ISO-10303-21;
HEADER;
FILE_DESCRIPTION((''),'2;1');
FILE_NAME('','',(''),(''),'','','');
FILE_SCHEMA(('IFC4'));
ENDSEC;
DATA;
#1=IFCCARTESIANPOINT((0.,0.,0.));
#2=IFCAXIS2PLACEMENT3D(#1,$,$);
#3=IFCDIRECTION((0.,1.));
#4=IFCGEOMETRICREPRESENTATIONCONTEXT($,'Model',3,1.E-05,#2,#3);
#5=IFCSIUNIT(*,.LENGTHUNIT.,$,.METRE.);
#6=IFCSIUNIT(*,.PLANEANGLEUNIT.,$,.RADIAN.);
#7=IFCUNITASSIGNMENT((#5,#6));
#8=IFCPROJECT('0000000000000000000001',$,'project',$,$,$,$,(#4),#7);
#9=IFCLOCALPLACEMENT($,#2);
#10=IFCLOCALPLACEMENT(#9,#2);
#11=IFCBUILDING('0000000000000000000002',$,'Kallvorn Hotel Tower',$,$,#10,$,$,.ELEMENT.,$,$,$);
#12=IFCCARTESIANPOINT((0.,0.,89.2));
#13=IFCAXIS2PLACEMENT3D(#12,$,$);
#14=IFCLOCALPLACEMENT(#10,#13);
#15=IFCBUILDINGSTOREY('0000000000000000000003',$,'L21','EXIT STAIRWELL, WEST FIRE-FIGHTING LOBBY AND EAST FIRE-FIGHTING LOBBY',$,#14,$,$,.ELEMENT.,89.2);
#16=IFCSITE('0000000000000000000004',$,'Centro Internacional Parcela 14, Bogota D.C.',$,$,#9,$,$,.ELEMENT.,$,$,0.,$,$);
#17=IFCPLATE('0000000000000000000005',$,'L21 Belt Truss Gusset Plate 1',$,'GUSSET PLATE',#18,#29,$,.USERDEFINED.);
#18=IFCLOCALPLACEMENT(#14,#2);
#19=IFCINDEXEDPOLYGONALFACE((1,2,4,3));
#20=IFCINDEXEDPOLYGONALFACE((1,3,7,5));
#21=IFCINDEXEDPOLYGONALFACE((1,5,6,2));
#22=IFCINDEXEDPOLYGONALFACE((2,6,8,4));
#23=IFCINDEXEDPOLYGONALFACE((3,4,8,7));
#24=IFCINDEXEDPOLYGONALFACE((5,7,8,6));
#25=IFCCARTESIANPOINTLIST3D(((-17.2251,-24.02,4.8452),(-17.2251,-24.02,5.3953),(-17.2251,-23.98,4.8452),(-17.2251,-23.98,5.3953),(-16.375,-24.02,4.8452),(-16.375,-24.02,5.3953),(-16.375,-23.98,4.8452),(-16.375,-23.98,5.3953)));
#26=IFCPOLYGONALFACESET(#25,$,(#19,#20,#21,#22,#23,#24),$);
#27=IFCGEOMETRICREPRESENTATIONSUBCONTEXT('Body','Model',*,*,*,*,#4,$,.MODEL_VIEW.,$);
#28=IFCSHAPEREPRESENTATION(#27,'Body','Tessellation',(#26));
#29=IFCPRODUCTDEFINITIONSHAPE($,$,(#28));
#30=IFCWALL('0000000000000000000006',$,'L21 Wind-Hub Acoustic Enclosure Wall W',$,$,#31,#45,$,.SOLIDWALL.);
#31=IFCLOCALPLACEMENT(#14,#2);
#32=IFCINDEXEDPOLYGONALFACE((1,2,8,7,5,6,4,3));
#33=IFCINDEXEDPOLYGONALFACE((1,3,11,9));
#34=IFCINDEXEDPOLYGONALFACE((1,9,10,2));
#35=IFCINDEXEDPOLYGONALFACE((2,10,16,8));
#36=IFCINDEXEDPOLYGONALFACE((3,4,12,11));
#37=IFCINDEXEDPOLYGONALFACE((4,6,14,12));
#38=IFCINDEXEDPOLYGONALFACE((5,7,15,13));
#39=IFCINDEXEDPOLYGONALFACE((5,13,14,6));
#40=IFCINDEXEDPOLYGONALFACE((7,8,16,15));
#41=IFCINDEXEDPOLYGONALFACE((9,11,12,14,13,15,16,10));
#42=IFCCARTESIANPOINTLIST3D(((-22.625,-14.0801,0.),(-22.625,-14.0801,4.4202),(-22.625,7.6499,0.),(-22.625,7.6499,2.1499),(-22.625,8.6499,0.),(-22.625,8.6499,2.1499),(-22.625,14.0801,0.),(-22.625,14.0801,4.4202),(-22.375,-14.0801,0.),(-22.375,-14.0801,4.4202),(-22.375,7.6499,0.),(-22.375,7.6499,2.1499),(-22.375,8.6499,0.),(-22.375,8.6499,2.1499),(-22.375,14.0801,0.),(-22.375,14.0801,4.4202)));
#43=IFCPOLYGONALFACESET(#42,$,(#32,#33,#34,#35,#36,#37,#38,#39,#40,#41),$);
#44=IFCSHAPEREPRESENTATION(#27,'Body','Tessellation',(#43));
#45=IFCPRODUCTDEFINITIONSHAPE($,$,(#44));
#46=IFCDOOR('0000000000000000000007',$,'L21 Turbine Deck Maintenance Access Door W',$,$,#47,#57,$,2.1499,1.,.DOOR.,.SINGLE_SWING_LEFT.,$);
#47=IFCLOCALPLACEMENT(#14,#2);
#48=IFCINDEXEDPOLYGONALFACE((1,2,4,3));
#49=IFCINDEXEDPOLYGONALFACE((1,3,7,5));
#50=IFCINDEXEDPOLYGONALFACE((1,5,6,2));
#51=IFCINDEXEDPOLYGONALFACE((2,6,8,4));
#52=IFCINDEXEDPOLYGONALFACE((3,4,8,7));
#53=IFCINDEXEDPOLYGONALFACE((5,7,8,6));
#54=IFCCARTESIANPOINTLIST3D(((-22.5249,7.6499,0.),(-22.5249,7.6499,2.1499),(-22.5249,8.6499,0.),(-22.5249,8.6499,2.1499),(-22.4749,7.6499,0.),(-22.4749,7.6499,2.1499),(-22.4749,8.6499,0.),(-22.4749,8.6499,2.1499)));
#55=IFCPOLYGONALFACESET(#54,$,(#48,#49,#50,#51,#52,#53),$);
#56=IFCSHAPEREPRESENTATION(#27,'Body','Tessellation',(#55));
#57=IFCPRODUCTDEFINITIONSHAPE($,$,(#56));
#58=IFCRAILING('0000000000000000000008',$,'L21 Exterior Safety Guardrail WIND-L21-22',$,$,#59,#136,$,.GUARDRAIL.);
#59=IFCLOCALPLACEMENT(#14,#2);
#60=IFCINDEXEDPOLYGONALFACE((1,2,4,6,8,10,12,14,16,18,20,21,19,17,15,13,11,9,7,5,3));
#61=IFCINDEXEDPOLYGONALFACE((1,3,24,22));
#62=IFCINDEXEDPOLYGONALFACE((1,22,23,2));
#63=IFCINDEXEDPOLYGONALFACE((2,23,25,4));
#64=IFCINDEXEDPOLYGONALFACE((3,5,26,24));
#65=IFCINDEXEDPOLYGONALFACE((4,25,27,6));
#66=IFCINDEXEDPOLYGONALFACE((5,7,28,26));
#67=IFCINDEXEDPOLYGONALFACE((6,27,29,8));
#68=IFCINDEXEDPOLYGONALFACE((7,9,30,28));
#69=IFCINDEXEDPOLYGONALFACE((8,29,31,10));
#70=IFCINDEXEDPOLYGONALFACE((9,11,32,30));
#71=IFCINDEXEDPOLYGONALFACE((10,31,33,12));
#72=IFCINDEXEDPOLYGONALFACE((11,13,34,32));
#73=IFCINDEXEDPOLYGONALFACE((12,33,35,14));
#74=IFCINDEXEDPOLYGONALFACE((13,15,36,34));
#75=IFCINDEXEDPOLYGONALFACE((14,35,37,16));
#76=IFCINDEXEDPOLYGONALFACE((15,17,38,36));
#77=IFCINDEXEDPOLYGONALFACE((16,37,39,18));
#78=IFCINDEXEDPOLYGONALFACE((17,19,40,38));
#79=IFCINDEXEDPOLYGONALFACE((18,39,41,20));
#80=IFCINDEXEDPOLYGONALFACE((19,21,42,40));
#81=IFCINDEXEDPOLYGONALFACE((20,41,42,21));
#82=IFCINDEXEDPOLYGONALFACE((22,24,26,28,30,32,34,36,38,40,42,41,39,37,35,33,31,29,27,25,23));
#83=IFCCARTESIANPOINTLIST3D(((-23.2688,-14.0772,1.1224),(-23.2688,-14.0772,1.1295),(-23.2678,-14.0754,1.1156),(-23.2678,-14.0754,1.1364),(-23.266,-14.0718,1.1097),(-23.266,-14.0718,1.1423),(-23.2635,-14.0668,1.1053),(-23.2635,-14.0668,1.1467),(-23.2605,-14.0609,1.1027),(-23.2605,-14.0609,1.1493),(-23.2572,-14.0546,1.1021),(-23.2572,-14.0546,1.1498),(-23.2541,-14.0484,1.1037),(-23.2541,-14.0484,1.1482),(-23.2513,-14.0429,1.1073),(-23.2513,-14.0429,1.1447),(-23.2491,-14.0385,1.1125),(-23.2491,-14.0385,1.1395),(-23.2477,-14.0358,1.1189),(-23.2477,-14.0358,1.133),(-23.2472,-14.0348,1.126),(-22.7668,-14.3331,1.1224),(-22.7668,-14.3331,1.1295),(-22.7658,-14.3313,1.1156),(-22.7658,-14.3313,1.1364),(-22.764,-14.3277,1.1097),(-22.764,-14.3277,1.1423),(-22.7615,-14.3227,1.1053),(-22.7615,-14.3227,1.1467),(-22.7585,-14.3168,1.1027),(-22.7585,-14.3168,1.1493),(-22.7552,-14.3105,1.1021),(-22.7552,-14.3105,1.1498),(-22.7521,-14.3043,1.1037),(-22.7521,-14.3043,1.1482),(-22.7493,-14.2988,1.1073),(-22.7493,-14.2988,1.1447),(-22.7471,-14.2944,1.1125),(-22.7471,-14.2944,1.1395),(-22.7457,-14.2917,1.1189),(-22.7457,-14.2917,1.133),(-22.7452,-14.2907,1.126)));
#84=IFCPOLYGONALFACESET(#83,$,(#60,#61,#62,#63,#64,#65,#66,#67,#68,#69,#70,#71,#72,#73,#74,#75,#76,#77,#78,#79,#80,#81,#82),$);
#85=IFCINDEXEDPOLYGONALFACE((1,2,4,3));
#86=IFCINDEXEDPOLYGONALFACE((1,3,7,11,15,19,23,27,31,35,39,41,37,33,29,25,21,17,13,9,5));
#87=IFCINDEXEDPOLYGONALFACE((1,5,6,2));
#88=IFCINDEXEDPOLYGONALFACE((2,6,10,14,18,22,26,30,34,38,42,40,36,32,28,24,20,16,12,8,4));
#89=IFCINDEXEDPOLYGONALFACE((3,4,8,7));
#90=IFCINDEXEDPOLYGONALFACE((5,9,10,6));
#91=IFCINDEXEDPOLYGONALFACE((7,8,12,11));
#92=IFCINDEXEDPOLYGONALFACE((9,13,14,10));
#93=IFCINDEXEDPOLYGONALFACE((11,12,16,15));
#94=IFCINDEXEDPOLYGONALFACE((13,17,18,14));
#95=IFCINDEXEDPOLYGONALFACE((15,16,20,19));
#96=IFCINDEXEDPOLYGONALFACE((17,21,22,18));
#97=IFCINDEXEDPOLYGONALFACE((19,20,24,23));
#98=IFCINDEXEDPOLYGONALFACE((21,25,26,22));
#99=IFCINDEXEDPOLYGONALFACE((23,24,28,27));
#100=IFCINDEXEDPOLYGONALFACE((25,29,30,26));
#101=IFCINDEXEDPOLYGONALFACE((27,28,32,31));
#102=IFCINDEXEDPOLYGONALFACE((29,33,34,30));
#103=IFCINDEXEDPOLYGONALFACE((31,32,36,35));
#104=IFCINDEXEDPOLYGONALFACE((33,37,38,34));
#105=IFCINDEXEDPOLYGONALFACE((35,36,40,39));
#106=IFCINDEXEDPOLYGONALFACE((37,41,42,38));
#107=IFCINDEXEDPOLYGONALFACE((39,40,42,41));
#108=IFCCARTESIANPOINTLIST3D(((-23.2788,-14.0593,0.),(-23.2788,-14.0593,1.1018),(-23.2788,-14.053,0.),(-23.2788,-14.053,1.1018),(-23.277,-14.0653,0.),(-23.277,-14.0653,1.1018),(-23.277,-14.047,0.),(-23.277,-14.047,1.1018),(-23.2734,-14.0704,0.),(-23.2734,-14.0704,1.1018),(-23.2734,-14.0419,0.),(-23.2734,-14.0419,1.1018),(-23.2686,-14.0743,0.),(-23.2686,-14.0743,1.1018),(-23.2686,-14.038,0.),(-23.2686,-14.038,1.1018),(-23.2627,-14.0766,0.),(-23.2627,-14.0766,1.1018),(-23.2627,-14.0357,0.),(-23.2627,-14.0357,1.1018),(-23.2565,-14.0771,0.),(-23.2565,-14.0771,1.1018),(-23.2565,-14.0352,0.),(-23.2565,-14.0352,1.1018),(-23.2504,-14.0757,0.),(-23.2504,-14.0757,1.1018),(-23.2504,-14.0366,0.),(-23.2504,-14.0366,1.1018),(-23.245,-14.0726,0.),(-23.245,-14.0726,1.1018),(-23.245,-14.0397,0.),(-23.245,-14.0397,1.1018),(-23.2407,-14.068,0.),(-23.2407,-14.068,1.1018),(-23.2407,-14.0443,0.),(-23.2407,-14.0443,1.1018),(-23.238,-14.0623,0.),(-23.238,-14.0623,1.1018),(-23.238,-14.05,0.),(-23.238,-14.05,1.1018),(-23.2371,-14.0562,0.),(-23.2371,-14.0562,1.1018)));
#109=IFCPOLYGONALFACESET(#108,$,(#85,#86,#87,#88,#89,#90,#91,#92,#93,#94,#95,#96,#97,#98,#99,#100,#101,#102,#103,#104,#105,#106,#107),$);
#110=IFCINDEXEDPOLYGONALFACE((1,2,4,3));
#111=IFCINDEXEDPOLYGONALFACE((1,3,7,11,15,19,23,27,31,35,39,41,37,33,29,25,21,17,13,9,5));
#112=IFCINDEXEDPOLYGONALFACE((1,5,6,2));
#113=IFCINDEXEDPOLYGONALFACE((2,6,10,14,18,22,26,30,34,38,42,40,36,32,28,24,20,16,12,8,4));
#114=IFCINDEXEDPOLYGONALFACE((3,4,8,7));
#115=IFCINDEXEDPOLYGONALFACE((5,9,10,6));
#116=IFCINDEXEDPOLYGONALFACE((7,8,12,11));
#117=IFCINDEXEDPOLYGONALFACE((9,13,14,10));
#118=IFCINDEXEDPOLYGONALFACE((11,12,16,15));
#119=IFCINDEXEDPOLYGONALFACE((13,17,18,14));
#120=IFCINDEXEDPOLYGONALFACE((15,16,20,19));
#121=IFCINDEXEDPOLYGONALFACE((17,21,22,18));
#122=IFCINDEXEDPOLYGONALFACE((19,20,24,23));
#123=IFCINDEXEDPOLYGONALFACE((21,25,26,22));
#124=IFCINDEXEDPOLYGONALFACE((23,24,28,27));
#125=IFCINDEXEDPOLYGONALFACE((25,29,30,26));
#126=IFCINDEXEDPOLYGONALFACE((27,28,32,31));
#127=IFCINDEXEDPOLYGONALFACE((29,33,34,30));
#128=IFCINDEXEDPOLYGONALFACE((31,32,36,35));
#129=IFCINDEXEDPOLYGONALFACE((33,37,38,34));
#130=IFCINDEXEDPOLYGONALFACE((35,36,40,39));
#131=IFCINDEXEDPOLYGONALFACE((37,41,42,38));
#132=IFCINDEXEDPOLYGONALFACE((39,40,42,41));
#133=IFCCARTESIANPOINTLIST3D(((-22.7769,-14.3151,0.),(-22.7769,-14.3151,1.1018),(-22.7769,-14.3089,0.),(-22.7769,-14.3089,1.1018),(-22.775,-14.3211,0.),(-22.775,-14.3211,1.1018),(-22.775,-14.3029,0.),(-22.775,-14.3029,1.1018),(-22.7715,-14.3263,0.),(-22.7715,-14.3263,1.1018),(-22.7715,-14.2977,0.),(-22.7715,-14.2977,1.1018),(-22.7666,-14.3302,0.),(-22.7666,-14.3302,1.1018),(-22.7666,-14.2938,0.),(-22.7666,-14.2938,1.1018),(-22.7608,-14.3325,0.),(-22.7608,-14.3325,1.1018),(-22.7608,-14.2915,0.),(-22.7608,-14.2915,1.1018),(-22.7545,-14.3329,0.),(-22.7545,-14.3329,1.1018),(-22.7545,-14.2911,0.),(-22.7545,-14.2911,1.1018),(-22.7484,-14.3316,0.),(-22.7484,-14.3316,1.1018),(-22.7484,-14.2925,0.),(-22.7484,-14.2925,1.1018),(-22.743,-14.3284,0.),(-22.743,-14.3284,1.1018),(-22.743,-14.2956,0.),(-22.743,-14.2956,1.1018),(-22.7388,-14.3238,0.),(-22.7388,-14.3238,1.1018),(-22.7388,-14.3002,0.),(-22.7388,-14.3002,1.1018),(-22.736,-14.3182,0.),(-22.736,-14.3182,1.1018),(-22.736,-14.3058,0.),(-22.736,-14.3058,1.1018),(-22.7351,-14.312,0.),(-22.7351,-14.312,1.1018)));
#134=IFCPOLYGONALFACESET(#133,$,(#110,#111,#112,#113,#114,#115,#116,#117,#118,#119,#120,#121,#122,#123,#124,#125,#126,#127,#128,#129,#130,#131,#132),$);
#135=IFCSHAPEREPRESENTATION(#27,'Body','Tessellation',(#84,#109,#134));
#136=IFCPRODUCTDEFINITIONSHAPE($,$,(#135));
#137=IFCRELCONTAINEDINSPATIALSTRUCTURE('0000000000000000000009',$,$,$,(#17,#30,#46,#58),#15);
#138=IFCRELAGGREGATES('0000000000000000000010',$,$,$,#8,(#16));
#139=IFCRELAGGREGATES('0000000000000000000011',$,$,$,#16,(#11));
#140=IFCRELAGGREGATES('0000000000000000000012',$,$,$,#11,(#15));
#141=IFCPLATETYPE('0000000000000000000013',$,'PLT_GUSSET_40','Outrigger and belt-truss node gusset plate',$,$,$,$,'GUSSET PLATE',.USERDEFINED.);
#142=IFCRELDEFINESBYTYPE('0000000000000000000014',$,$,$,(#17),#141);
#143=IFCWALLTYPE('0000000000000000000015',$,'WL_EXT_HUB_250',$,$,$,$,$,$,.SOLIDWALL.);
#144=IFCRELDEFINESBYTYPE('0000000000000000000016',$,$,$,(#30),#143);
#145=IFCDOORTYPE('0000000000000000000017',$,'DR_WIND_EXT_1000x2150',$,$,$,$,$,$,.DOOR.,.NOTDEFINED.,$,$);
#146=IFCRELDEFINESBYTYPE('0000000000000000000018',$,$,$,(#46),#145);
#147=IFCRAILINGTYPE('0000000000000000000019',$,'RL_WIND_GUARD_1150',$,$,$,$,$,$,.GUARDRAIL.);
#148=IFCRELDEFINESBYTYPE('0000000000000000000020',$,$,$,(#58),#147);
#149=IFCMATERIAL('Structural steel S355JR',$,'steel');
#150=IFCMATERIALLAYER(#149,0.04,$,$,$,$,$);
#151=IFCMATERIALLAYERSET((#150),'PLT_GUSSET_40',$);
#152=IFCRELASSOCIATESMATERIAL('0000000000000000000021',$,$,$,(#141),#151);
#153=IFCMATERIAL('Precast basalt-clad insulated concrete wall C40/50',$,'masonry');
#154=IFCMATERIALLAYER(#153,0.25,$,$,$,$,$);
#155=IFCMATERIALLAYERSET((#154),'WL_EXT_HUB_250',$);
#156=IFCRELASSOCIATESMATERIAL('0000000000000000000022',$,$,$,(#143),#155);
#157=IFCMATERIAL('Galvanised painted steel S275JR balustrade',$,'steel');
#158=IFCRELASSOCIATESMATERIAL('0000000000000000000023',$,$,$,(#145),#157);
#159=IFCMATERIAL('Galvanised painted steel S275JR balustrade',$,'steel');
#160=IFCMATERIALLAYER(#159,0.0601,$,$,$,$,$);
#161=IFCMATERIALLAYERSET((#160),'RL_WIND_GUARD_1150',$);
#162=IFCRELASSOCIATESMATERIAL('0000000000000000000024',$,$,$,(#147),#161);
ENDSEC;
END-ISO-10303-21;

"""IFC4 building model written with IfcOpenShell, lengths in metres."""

from ifc_helpers import new_model, si_unit, direction, frame, frame_2d, origin, origin_2d, place, context, subcontext, project, spatial, rectangle, circle, extrude, material, layer, layer_set, type_object, element, fill, save


model = new_model("IFC4")

# Units and contexts
model_context = context("Model", 3, precision=1e-05, world=origin(), true_north=direction((0.0, 1.0)))
body_context = subcontext(model_context, "Body", "Model", "MODEL_VIEW")
ifc_project = project(units=[si_unit("LENGTHUNIT", "METRE"), si_unit("PLANEANGLEUNIT", "RADIAN")], contexts=[model_context])

# Site, building, storey
site_placement = place(None, origin())
site = spatial("IfcSite", under=ifc_project, at=site_placement, Name="Centro Internacional Parcela 14, Bogota D.C.", CompositionType="ELEMENT", RefElevation=0.0)
building_placement = place(site_placement, origin())
building = spatial("IfcBuilding", under=site, at=building_placement, Name="Kallvorn Hotel Tower", CompositionType="ELEMENT")
storey_placement = place(building_placement, frame((0.0, 0.0, 89.2)))
storey = spatial("IfcBuildingStorey", under=building, at=storey_placement, Name="L21", Description="EXIT STAIRWELL, WEST FIRE-FIGHTING LOBBY AND EAST FIRE-FIGHTING LOBBY", CompositionType="ELEMENT", Elevation=89.2)

# Plate
ifc_material_1 = material(Name="Structural steel S355JR", Category="steel")
ifc_layer_1 = layer(ifc_material_1, 0.04)
ifc_layer_set_1 = layer_set([ifc_layer_1], Name="PLT_GUSSET_40")
plate_type_1 = type_object("IfcPlateType", Name="PLT_GUSSET_40", Description="Outrigger and belt-truss node gusset plate", ElementType="GUSSET PLATE", PredefinedType="USERDEFINED", material=ifc_layer_set_1)
plate_placement = place(storey_placement, frame((-16.8, -24.0, 4.8452), z_axis=(0.0, 0.0, 1.0), x_axis=(1.0, 0.0, 0.0)))
element("IfcPlate", 1, at=plate_placement, inside=storey, type_object=plate_type_1, Name="L21 Belt Truss Gusset Plate 1", ObjectType="GUSSET PLATE", PredefinedType="USERDEFINED", context=body_context, shape_type="SweptSolid", body=[
    extrude(rectangle(XDim=0.8501, YDim=0.04, at=origin_2d()), origin(), (0.0, 0.0, 1.0), 0.55),
])

# Wall, opening, door
ifc_material_2 = material(Name="Precast basalt-clad insulated concrete wall C40/50", Category="masonry")
ifc_layer_2 = layer(ifc_material_2, 0.25)
ifc_layer_set_2 = layer_set([ifc_layer_2], Name="WL_EXT_HUB_250")
wall_type = type_object("IfcWallType", Name="WL_EXT_HUB_250", PredefinedType="SOLIDWALL", material=ifc_layer_set_2)
wall_placement = place(storey_placement, frame((-22.5, -14.0801, 0.0), z_axis=(0.0, 0.0, 1.0), x_axis=(0.0, 1.0, 0.0)))
wall = element("IfcWall", 2, at=wall_placement, inside=storey, type_object=wall_type, Name="L21 Wind-Hub Acoustic Enclosure Wall W", PredefinedType="SOLIDWALL", context=body_context, shape_type="SweptSolid", body=[
    extrude(rectangle(XDim=28.1602, YDim=0.25, at=frame_2d((14.0801, 0.0))), origin(), (0.0, 0.0, 1.0), 4.4202),
])
opening_placement = place(wall_placement, frame((21.73, 0.0, 0.0)))
opening = element("IfcOpeningElement", 3, at=opening_placement, cuts=wall, PredefinedType="OPENING", context=body_context, shape_type="SweptSolid", body=[
    extrude(rectangle(XDim=1.0, YDim=2.1499, at=frame_2d((0.5, 1.075))), frame((0.0, 0.1399, 0.0), z_axis=(0.0, -1.0, 0.0), x_axis=(1.0, 0.0, 0.0)), (0.0, 0.0, 1.0), 0.28),
])
ifc_material_3 = material(Name="Galvanised painted steel S275JR balustrade", Category="steel")
door_type = type_object("IfcDoorType", Name="DR_WIND_EXT_1000x2150", OperationType="NOTDEFINED", PredefinedType="DOOR", material=ifc_material_3)
door_placement = place(opening_placement, origin())
door = element("IfcDoor", 4, at=door_placement, inside=storey, type_object=door_type, Name="L21 Turbine Deck Maintenance Access Door W", OperationType="SINGLE_SWING_LEFT", OverallHeight=2.1499, OverallWidth=1.0, PredefinedType="DOOR", context=body_context, shape_type="SweptSolid", body=[
    extrude(rectangle(XDim=1.0, YDim=2.1499, at=frame_2d((0.5, 1.075))), frame((0.0, 0.0249, 0.0), z_axis=(0.0, -1.0, 0.0), x_axis=(1.0, 0.0, 0.0)), (0.0, 0.0, 1.0), 0.05),
])
fill(opening, door)

# Railing
ifc_material_4 = material(Name="Galvanised painted steel S275JR balustrade", Category="steel")
ifc_layer_3 = layer(ifc_material_4, 0.0601)
ifc_layer_set_3 = layer_set([ifc_layer_3], Name="RL_WIND_GUARD_1150")
railing_type = type_object("IfcRailingType", Name="RL_WIND_GUARD_1150", PredefinedType="GUARDRAIL", material=ifc_layer_set_3)
railing_1_placement = place(storey_placement, frame((-23.2581, -14.0562, 0.0)))
element("IfcRailing", 5, at=railing_1_placement, inside=storey, type_object=railing_type, Name="L21 Exterior Safety Guardrail WIND-L21-22", PredefinedType="GUARDRAIL", context=body_context, shape_type="SweptSolid", body=[
    extrude(circle(Radius=0.0239, at=origin_2d()), frame((0.0, 0.0, 1.126), z_axis=(0.890934, -0.454133, 0.0), x_axis=(0.454133, 0.890934, 0.0)), (0.0, 0.0, 1.0), 0.5635),
    extrude(circle(Radius=0.021, at=origin_2d()), origin(), (0.0, 0.0, 1.0), 1.1018),
    extrude(circle(Radius=0.021, at=origin_2d()), frame((0.502, -0.2559, 0.0)), (0.0, 0.0, 1.0), 1.1018),
])

save(model, "model.ifc")
